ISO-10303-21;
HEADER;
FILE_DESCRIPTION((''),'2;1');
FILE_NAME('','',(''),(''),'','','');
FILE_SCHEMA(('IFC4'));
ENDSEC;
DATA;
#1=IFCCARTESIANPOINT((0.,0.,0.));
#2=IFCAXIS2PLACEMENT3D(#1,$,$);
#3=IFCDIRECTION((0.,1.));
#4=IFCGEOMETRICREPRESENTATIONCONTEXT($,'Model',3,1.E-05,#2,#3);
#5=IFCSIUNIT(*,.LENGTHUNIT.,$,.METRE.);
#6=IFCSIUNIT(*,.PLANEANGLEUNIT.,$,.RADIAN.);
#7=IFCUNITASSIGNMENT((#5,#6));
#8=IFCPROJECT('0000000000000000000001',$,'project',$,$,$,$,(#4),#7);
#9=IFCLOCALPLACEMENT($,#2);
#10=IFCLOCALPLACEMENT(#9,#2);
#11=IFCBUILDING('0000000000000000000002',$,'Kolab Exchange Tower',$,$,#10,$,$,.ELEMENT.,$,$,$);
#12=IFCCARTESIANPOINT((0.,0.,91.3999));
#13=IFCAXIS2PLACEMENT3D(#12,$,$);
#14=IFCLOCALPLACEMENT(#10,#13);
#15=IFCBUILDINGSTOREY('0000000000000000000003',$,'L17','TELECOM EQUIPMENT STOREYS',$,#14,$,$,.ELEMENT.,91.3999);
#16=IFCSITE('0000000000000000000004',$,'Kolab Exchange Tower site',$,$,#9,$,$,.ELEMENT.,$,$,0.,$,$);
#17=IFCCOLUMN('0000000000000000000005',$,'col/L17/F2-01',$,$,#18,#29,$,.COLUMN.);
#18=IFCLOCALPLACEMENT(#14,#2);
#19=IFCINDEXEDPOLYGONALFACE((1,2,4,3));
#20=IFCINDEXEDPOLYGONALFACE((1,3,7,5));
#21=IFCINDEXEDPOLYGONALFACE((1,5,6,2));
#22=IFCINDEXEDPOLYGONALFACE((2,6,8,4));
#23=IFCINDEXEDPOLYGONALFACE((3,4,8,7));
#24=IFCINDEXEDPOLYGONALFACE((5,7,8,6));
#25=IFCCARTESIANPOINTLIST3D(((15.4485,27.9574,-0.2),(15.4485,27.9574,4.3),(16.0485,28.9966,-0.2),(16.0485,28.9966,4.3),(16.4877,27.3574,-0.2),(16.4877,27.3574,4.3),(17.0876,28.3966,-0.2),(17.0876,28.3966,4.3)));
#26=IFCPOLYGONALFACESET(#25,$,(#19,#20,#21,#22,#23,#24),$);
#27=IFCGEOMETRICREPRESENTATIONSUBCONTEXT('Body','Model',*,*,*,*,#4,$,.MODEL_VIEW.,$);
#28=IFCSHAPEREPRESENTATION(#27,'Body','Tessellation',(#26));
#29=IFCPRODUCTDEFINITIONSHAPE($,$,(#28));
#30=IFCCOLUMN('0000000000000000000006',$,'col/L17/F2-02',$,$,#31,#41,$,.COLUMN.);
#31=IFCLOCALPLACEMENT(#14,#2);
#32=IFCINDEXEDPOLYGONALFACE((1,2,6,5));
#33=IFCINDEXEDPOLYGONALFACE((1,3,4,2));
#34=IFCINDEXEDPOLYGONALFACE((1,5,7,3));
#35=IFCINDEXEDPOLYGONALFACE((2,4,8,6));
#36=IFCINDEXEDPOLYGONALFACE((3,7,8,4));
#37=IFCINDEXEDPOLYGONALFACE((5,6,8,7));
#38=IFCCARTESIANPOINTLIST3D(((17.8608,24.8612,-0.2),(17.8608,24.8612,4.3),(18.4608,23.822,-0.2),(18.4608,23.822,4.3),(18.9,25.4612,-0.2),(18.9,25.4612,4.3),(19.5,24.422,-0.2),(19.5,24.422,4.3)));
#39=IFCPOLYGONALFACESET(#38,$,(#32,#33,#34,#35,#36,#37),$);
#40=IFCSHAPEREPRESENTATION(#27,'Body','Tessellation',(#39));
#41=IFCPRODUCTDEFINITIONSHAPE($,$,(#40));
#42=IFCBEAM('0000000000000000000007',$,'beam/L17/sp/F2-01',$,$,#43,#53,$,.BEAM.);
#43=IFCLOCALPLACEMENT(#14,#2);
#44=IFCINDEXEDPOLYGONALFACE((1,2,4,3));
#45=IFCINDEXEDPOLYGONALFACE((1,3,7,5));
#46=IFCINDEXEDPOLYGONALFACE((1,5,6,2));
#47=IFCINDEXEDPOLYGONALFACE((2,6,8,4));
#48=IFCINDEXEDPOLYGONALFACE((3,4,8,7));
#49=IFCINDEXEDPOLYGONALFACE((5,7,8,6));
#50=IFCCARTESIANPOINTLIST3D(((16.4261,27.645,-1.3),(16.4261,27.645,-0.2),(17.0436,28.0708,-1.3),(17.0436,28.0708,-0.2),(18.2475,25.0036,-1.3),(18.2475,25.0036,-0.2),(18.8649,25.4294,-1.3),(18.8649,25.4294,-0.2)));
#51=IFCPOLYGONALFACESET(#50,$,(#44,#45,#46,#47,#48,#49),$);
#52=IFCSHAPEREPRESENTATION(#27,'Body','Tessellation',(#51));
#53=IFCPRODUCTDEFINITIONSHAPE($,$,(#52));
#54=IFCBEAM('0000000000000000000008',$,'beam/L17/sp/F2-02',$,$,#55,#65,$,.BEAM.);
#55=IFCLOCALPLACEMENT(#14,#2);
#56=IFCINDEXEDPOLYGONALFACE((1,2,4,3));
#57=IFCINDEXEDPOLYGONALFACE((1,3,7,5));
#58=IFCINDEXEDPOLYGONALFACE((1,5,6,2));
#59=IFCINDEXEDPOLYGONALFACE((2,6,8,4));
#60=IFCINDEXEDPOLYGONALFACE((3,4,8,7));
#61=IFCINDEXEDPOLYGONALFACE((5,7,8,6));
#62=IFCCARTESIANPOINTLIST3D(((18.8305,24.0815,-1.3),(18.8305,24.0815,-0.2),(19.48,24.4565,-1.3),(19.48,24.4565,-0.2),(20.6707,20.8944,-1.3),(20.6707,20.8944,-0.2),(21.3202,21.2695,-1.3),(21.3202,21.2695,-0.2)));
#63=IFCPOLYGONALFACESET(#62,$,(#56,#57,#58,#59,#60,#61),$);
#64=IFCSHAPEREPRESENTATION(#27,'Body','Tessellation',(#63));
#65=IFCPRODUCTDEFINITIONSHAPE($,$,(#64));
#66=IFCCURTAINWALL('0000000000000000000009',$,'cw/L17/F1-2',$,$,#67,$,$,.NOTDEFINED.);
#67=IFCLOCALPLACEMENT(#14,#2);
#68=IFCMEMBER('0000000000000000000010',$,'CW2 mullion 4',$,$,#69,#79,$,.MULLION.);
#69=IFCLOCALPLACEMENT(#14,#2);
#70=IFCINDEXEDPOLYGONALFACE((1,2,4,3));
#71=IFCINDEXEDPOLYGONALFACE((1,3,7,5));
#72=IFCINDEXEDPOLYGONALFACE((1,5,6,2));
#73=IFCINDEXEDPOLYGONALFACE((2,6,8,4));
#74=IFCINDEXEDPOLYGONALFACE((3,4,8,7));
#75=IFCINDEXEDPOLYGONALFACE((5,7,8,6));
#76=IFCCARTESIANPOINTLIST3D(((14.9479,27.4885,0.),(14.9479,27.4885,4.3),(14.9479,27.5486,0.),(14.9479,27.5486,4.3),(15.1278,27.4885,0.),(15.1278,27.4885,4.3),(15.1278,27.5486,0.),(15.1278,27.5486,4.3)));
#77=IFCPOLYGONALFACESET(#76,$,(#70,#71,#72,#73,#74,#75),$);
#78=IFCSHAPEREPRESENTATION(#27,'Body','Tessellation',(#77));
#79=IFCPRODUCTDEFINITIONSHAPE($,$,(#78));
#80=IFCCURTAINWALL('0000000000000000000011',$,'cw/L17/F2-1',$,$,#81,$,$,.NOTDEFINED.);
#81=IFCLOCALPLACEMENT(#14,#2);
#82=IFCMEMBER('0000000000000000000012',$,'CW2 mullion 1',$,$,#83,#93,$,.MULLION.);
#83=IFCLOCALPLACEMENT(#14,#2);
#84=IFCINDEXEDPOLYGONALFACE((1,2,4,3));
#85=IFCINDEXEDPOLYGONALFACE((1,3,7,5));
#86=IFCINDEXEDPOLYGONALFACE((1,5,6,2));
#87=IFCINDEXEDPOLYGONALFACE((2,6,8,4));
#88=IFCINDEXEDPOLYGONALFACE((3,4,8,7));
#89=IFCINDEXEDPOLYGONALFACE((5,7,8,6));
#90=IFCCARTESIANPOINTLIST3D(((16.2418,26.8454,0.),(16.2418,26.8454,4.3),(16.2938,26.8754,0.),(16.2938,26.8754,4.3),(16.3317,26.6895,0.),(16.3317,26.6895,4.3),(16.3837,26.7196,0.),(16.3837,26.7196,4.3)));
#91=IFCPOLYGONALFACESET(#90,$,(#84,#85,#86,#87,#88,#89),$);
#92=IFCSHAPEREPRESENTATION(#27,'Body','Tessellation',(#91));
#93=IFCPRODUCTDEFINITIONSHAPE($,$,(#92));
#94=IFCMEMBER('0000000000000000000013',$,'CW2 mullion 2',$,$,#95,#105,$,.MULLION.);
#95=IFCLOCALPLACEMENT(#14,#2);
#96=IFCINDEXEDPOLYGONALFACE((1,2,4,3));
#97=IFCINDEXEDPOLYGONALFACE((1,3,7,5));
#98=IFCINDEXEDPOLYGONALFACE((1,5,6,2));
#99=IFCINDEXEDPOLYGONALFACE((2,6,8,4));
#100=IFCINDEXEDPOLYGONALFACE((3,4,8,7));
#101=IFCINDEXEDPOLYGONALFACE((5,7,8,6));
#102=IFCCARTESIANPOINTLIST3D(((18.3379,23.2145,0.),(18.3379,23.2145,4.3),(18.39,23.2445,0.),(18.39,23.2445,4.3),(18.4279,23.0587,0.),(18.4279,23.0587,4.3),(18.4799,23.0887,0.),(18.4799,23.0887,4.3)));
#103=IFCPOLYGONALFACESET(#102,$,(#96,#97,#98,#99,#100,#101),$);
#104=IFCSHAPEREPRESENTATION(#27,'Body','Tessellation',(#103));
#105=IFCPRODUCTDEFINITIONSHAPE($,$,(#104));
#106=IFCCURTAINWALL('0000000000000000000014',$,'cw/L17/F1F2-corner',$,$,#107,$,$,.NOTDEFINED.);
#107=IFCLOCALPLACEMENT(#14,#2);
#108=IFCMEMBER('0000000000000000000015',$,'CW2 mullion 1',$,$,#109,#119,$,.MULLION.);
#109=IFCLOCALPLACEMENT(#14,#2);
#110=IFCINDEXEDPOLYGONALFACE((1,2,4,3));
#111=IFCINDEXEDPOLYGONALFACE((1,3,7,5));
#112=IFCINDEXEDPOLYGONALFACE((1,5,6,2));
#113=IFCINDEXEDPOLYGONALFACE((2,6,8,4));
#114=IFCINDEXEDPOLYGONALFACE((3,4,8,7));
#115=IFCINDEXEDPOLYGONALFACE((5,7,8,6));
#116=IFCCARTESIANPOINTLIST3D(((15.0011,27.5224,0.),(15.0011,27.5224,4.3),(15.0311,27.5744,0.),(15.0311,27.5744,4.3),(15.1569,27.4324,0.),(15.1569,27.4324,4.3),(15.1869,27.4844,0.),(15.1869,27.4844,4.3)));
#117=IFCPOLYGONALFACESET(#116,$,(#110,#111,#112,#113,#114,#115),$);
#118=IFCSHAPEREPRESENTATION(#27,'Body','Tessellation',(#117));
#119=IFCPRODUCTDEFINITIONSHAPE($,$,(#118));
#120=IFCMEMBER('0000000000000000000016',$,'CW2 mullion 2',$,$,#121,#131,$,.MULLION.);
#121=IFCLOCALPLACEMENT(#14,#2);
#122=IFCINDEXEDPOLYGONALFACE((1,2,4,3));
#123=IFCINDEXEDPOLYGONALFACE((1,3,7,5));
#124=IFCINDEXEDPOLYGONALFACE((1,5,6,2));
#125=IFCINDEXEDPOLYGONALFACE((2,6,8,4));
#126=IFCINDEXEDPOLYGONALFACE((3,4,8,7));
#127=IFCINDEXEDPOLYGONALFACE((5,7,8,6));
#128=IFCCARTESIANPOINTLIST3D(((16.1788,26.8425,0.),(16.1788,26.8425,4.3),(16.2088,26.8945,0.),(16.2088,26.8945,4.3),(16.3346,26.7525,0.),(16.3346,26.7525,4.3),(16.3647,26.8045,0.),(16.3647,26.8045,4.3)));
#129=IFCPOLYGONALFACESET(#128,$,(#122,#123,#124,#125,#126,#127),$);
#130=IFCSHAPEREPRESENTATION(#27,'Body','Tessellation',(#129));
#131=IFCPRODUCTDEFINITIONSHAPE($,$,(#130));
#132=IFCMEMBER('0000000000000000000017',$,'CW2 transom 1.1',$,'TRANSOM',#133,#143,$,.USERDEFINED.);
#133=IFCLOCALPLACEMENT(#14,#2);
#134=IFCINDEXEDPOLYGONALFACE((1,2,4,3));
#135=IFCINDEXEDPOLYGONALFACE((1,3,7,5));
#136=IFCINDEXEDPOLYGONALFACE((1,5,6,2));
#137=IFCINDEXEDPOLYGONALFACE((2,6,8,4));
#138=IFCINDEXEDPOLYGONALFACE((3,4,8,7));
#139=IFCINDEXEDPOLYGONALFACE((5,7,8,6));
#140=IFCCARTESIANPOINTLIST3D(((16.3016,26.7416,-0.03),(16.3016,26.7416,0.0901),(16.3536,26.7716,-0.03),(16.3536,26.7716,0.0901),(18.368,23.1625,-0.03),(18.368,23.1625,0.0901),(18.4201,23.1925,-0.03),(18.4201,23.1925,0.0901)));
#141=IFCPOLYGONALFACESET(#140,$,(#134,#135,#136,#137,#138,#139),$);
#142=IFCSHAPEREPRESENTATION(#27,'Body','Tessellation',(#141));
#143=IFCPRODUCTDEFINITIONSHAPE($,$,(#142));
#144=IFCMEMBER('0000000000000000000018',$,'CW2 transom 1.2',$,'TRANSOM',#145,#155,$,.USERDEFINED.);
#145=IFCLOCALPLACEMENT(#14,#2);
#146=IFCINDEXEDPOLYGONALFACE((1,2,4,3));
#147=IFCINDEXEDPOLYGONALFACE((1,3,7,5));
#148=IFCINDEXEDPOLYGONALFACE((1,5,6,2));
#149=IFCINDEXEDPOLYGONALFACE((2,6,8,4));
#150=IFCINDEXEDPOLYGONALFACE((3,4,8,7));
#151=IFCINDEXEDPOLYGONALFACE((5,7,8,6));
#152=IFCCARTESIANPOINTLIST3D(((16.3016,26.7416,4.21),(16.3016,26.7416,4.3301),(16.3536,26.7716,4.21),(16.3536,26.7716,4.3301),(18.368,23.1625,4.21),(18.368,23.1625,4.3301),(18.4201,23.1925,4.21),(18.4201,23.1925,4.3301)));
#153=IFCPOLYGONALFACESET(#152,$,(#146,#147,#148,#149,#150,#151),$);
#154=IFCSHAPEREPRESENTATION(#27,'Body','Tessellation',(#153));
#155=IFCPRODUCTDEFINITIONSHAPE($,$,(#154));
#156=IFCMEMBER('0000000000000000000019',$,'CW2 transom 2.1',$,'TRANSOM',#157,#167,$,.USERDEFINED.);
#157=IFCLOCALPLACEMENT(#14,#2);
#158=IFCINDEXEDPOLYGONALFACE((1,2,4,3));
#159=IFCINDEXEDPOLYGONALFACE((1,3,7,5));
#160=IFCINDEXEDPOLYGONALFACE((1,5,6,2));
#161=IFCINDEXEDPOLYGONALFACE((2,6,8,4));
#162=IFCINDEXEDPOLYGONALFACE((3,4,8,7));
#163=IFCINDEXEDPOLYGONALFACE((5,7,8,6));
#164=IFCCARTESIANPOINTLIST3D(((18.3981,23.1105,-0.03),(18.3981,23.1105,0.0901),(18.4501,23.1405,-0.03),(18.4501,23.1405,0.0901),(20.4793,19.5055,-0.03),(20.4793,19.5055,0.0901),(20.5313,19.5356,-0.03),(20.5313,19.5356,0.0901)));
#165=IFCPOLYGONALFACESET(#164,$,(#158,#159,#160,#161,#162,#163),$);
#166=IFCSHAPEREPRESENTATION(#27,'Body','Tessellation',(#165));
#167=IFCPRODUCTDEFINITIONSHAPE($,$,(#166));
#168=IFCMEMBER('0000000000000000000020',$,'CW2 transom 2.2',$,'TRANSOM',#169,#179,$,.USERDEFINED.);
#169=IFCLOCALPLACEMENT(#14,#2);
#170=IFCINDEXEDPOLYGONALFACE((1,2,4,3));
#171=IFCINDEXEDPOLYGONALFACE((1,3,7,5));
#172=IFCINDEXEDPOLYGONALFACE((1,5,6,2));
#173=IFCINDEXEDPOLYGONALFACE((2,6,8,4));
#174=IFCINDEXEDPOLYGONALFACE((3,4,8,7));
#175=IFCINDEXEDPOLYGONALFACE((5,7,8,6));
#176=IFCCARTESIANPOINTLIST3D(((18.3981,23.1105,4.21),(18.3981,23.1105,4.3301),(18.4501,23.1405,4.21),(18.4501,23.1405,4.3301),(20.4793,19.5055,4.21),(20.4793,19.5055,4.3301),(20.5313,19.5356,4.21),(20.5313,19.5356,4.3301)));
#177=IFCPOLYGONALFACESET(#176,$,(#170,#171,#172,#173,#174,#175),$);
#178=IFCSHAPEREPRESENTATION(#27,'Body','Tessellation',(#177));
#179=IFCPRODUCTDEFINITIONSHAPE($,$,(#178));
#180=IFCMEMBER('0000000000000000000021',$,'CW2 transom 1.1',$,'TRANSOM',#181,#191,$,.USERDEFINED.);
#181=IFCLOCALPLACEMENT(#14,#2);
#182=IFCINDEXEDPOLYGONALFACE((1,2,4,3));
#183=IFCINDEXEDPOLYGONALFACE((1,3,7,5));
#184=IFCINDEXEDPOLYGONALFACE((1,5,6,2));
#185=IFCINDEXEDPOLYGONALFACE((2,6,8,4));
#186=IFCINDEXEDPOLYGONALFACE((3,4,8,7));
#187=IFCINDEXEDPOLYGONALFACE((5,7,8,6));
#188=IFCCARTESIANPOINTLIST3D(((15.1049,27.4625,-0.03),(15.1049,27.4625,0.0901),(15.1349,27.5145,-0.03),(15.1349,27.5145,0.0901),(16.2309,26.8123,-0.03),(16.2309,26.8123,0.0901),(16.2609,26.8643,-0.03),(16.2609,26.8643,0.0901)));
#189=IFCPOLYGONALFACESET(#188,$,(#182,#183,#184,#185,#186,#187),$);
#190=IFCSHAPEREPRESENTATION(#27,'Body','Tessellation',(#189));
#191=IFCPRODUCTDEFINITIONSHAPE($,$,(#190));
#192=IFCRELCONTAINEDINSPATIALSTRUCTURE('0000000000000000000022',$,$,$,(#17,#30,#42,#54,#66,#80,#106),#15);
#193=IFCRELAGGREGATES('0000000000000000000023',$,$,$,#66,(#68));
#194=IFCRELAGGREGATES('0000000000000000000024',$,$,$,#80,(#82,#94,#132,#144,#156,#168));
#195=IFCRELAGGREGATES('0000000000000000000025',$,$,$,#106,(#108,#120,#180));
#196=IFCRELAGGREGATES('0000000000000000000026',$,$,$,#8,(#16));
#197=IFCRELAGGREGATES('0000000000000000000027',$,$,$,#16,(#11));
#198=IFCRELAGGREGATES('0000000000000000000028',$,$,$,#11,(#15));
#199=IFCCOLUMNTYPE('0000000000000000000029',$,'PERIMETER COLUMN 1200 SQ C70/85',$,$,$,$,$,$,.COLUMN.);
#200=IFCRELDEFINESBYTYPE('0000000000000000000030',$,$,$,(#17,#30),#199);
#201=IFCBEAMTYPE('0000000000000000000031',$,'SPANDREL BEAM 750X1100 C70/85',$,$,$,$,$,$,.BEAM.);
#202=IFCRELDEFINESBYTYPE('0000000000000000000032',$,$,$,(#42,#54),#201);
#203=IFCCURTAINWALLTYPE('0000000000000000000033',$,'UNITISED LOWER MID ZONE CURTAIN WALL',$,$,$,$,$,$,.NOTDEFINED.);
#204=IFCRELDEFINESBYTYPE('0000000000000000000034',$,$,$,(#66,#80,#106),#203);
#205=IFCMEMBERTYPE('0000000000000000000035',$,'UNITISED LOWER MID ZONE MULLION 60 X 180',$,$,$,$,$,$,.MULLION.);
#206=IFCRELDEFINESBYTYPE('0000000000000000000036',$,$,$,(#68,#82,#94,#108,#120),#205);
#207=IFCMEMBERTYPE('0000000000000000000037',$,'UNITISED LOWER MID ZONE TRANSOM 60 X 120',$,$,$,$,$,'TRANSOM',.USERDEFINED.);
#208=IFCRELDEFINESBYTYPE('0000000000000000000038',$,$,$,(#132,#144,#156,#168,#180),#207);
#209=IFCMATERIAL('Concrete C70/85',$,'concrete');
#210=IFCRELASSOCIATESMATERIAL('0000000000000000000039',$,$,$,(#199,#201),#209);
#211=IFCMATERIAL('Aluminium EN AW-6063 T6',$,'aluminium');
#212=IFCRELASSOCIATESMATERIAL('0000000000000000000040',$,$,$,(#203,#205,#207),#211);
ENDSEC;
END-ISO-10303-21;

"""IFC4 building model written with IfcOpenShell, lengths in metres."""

from ifc_helpers import new_model, si_unit, direction, frame, origin, origin_2d, place, context, subcontext, project, spatial, rectangle, extrude, material, material_profile, profile_set, type_object, element, aggregate, save


model = new_model("IFC4")

# Units and contexts
model_context = context("Model", 3, precision=1e-05, world=origin(), true_north=direction((0.0, 1.0)))
body_context = subcontext(model_context, "Body", "Model", "MODEL_VIEW")
ifc_project = project(units=[si_unit("LENGTHUNIT", "METRE"), si_unit("PLANEANGLEUNIT", "RADIAN")], contexts=[model_context])

# Site, building, storey
site_placement = place(None, origin())
site = spatial("IfcSite", under=ifc_project, at=site_placement, Name="Kolab Exchange Tower site", CompositionType="ELEMENT", RefElevation=0.0)
building_placement = place(site_placement, origin())
building = spatial("IfcBuilding", under=site, at=building_placement, Name="Kolab Exchange Tower", CompositionType="ELEMENT")
storey_placement = place(building_placement, frame((0.0, 0.0, 91.3999)))
storey = spatial("IfcBuildingStorey", under=building, at=storey_placement, Name="L17", Description="TELECOM EQUIPMENT STOREYS", CompositionType="ELEMENT", Elevation=91.3999)

# Columns
ifc_material_1 = material(Name="Concrete C70/85", Category="concrete")
ifc_material_profile_1 = material_profile(ifc_material_1, rectangle(XDim=1.2, YDim=1.2, at=origin_2d()), Name="RC1200")
ifc_profile_set_1 = profile_set([ifc_material_profile_1], Name="Concrete C70/85")
column_type = type_object("IfcColumnType", Name="PERIMETER COLUMN 1200 SQ C70/85", PredefinedType="COLUMN", material=ifc_profile_set_1)
for number, where, z_axis, x_axis, name in (
    (1, (16.2681, 28.177, -0.2), (0.0, 0.0, 1.0), (0.5, 0.866025, 0.0), "col/L17/F2-01"),
    (2, (18.6804, 24.6416, -0.2), (0.0, 0.0, 1.0), (0.866025, 0.5, 0.0), "col/L17/F2-02"),
):
    element("IfcColumn", number, at=place(storey_placement, frame(where, z_axis=z_axis, x_axis=x_axis)), inside=storey, type_object=column_type, Name=name, PredefinedType="COLUMN", context=body_context, shape_type="SweptSolid", body=[
        extrude(rectangle(XDim=1.2, YDim=1.2, at=origin_2d()), origin(), (0.0, 0.0, 1.0), 4.5),
    ])

# Beams
ifc_material_profile_2 = material_profile(ifc_material_1, rectangle(XDim=0.75, YDim=1.1001, at=origin_2d()), Name="RC750X1100")
ifc_profile_set_2 = profile_set([ifc_material_profile_2], Name="Concrete C70/85")
beam_type = type_object("IfcBeamType", Name="SPANDREL BEAM 750X1100 C70/85", PredefinedType="BEAM", material=ifc_profile_set_2)
beam_1_placement = place(storey_placement, frame((16.7349, 27.8579, -0.75), z_axis=(0.567662, -0.823262, 0.0), x_axis=(0.823262, 0.567662, 0.0)))
element("IfcBeam", 3, at=beam_1_placement, inside=storey, type_object=beam_type, Name="beam/L17/sp/F2-01", PredefinedType="BEAM", context=body_context, shape_type="SweptSolid", body=[
    extrude(rectangle(XDim=0.75, YDim=1.1001, at=origin_2d()), origin(), (0.0, 0.0, 1.0), 3.2085),
])
beam_2_placement = place(storey_placement, frame((19.1553, 24.269, -0.75), z_axis=(0.500013, -0.866018, 0.0), x_axis=(0.866018, 0.500013, 0.0)))
element("IfcBeam", 4, at=beam_2_placement, inside=storey, type_object=beam_type, Name="beam/L17/sp/F2-02", PredefinedType="BEAM", context=body_context, shape_type="SweptSolid", body=[
    extrude(rectangle(XDim=0.75, YDim=1.1001, at=origin_2d()), origin(), (0.0, 0.0, 1.0), 3.6802),
])

# Curtain wall, member
ifc_material_2 = material(Name="Aluminium EN AW-6063 T6", Category="aluminium")
curtain_wall_type = type_object("IfcCurtainWallType", Name="UNITISED LOWER MID ZONE CURTAIN WALL", PredefinedType="NOTDEFINED", material=ifc_material_2)
curtain_wall_1_placement = place(storey_placement, origin())
curtain_wall_1 = element("IfcCurtainWall", 5, at=curtain_wall_1_placement, inside=storey, type_object=curtain_wall_type, Name="cw/L17/F1-2", PredefinedType="NOTDEFINED")
ifc_material_profile_3 = material_profile(ifc_material_2, rectangle(XDim=0.0601, YDim=0.1799, at=origin_2d()), Name="RECT 60X180")
ifc_profile_set_3 = profile_set([ifc_material_profile_3], Name="Aluminium EN AW-6063 T6")
member_type_1 = type_object("IfcMemberType", Name="UNITISED LOWER MID ZONE MULLION 60 X 180", PredefinedType="MULLION", material=ifc_profile_set_3)
member_1_placement = place(storey_placement, frame((15.0378, 27.5186, 0.0), z_axis=(0.0, 0.0, 1.0), x_axis=(0.0, 1.0, 0.0)))
member_1 = element("IfcMember", 6, at=member_1_placement, type_object=member_type_1, Name="CW2 mullion 4", PredefinedType="MULLION", context=body_context, shape_type="SweptSolid", body=[
    extrude(rectangle(XDim=0.0601, YDim=0.1799, at=origin_2d()), origin(), (0.0, 0.0, 1.0), 4.3),
])
aggregate(curtain_wall_1, [member_1])

# Curtain walls, members
curtain_wall_2_placement = place(storey_placement, origin())
curtain_wall_2 = element("IfcCurtainWall", 7, at=curtain_wall_2_placement, inside=storey, type_object=curtain_wall_type, Name="cw/L17/F2-1", PredefinedType="NOTDEFINED")
member_2_placement = place(storey_placement, frame((16.3127, 26.7825, 0.0), z_axis=(0.0, 0.0, 1.0), x_axis=(0.866025, 0.5, 0.0)))
member_2 = element("IfcMember", 8, at=member_2_placement, type_object=member_type_1, Name="CW2 mullion 1", PredefinedType="MULLION", context=body_context, shape_type="SweptSolid", body=[
    extrude(rectangle(XDim=0.0601, YDim=0.1799, at=origin_2d()), origin(), (0.0, 0.0, 1.0), 4.3),
])
member_3_placement = place(storey_placement, frame((18.4089, 23.1516, 0.0), z_axis=(0.0, 0.0, 1.0), x_axis=(0.866025, 0.5, 0.0)))
member_3 = element("IfcMember", 9, at=member_3_placement, type_object=member_type_1, Name="CW2 mullion 2", PredefinedType="MULLION", context=body_context, shape_type="SweptSolid", body=[
    extrude(rectangle(XDim=0.0601, YDim=0.1799, at=origin_2d()), origin(), (0.0, 0.0, 1.0), 4.3),
])
curtain_wall_3_placement = place(storey_placement, origin())
curtain_wall_3 = element("IfcCurtainWall", 10, at=curtain_wall_3_placement, inside=storey, type_object=curtain_wall_type, Name="cw/L17/F1F2-corner", PredefinedType="NOTDEFINED")
member_4_placement = place(storey_placement, frame((15.094, 27.5034, 0.0), z_axis=(0.0, 0.0, 1.0), x_axis=(0.5, 0.866025, 0.0)))
member_4 = element("IfcMember", 11, at=member_4_placement, type_object=member_type_1, Name="CW2 mullion 1", PredefinedType="MULLION", context=body_context, shape_type="SweptSolid", body=[
    extrude(rectangle(XDim=0.0601, YDim=0.1799, at=origin_2d()), origin(), (0.0, 0.0, 1.0), 4.3),
])
member_5_placement = place(storey_placement, frame((16.2717, 26.8235, 0.0), z_axis=(0.0, 0.0, 1.0), x_axis=(0.5, 0.866025, 0.0)))
member_5 = element("IfcMember", 12, at=member_5_placement, type_object=member_type_1, Name="CW2 mullion 2", PredefinedType="MULLION", context=body_context, shape_type="SweptSolid", body=[
    extrude(rectangle(XDim=0.0601, YDim=0.1799, at=origin_2d()), origin(), (0.0, 0.0, 1.0), 4.3),
])

# Members
ifc_material_profile_4 = material_profile(ifc_material_2, rectangle(XDim=0.0601, YDim=0.1201, at=origin_2d()), Name="RECT 60X120")
ifc_profile_set_4 = profile_set([ifc_material_profile_4], Name="Aluminium EN AW-6063 T6")
member_type_2 = type_object("IfcMemberType", Name="UNITISED LOWER MID ZONE TRANSOM 60 X 120", ElementType="TRANSOM", PredefinedType="USERDEFINED", material=ifc_profile_set_4)
member_6_placement = place(storey_placement, frame((16.3276, 26.7566, 0.03), z_axis=(0.500002, -0.866024, 0.0), x_axis=(0.866024, 0.500002, 0.0)))
member_6 = element("IfcMember", 13, at=member_6_placement, type_object=member_type_2, Name="CW2 transom 1.1", ObjectType="TRANSOM", PredefinedType="USERDEFINED", context=body_context, shape_type="SweptSolid", body=[
    extrude(rectangle(XDim=0.0601, YDim=0.1201, at=origin_2d()), origin(), (0.0, 0.0, 1.0), 4.1328),
])
member_7_placement = place(storey_placement, frame((16.3276, 26.7566, 4.27), z_axis=(0.500002, -0.866024, 0.0), x_axis=(0.866024, 0.500002, 0.0)))
member_7 = element("IfcMember", 14, at=member_7_placement, type_object=member_type_2, Name="CW2 transom 1.2", ObjectType="TRANSOM", PredefinedType="USERDEFINED", context=body_context, shape_type="SweptSolid", body=[
    extrude(rectangle(XDim=0.0601, YDim=0.1201, at=origin_2d()), origin(), (0.0, 0.0, 1.0), 4.1328),
])
member_8_placement = place(storey_placement, frame((18.4241, 23.1255, 0.03), z_axis=(0.499993, -0.866029, 0.0), x_axis=(0.866029, 0.499993, 0.0)))
member_8 = element("IfcMember", 15, at=member_8_placement, type_object=member_type_2, Name="CW2 transom 2.1", ObjectType="TRANSOM", PredefinedType="USERDEFINED", context=body_context, shape_type="SweptSolid", body=[
    extrude(rectangle(XDim=0.0601, YDim=0.1201, at=origin_2d()), origin(), (0.0, 0.0, 1.0), 4.1626),
])
member_9_placement = place(storey_placement, frame((18.4241, 23.1255, 4.27), z_axis=(0.499993, -0.866029, 0.0), x_axis=(0.866029, 0.499993, 0.0)))
member_9 = element("IfcMember", 16, at=member_9_placement, type_object=member_type_2, Name="CW2 transom 2.2", ObjectType="TRANSOM", PredefinedType="USERDEFINED", context=body_context, shape_type="SweptSolid", body=[
    extrude(rectangle(XDim=0.0601, YDim=0.1201, at=origin_2d()), origin(), (0.0, 0.0, 1.0), 4.1626),
])
member_10_placement = place(storey_placement, frame((15.1199, 27.4885, 0.03), z_axis=(0.866004, -0.500037, 0.0), x_axis=(0.500037, 0.866004, 0.0)))
member_10 = element("IfcMember", 17, at=member_10_placement, type_object=member_type_2, Name="CW2 transom 1.1", ObjectType="TRANSOM", PredefinedType="USERDEFINED", context=body_context, shape_type="SweptSolid", body=[
    extrude(rectangle(XDim=0.0601, YDim=0.1201, at=origin_2d()), origin(), (0.0, 0.0, 1.0), 1.3003),
])

aggregate(curtain_wall_2, [member_2, member_3, member_6, member_7, member_8, member_9])
aggregate(curtain_wall_3, [member_4, member_5, member_10])

save(model, "model.ifc")
